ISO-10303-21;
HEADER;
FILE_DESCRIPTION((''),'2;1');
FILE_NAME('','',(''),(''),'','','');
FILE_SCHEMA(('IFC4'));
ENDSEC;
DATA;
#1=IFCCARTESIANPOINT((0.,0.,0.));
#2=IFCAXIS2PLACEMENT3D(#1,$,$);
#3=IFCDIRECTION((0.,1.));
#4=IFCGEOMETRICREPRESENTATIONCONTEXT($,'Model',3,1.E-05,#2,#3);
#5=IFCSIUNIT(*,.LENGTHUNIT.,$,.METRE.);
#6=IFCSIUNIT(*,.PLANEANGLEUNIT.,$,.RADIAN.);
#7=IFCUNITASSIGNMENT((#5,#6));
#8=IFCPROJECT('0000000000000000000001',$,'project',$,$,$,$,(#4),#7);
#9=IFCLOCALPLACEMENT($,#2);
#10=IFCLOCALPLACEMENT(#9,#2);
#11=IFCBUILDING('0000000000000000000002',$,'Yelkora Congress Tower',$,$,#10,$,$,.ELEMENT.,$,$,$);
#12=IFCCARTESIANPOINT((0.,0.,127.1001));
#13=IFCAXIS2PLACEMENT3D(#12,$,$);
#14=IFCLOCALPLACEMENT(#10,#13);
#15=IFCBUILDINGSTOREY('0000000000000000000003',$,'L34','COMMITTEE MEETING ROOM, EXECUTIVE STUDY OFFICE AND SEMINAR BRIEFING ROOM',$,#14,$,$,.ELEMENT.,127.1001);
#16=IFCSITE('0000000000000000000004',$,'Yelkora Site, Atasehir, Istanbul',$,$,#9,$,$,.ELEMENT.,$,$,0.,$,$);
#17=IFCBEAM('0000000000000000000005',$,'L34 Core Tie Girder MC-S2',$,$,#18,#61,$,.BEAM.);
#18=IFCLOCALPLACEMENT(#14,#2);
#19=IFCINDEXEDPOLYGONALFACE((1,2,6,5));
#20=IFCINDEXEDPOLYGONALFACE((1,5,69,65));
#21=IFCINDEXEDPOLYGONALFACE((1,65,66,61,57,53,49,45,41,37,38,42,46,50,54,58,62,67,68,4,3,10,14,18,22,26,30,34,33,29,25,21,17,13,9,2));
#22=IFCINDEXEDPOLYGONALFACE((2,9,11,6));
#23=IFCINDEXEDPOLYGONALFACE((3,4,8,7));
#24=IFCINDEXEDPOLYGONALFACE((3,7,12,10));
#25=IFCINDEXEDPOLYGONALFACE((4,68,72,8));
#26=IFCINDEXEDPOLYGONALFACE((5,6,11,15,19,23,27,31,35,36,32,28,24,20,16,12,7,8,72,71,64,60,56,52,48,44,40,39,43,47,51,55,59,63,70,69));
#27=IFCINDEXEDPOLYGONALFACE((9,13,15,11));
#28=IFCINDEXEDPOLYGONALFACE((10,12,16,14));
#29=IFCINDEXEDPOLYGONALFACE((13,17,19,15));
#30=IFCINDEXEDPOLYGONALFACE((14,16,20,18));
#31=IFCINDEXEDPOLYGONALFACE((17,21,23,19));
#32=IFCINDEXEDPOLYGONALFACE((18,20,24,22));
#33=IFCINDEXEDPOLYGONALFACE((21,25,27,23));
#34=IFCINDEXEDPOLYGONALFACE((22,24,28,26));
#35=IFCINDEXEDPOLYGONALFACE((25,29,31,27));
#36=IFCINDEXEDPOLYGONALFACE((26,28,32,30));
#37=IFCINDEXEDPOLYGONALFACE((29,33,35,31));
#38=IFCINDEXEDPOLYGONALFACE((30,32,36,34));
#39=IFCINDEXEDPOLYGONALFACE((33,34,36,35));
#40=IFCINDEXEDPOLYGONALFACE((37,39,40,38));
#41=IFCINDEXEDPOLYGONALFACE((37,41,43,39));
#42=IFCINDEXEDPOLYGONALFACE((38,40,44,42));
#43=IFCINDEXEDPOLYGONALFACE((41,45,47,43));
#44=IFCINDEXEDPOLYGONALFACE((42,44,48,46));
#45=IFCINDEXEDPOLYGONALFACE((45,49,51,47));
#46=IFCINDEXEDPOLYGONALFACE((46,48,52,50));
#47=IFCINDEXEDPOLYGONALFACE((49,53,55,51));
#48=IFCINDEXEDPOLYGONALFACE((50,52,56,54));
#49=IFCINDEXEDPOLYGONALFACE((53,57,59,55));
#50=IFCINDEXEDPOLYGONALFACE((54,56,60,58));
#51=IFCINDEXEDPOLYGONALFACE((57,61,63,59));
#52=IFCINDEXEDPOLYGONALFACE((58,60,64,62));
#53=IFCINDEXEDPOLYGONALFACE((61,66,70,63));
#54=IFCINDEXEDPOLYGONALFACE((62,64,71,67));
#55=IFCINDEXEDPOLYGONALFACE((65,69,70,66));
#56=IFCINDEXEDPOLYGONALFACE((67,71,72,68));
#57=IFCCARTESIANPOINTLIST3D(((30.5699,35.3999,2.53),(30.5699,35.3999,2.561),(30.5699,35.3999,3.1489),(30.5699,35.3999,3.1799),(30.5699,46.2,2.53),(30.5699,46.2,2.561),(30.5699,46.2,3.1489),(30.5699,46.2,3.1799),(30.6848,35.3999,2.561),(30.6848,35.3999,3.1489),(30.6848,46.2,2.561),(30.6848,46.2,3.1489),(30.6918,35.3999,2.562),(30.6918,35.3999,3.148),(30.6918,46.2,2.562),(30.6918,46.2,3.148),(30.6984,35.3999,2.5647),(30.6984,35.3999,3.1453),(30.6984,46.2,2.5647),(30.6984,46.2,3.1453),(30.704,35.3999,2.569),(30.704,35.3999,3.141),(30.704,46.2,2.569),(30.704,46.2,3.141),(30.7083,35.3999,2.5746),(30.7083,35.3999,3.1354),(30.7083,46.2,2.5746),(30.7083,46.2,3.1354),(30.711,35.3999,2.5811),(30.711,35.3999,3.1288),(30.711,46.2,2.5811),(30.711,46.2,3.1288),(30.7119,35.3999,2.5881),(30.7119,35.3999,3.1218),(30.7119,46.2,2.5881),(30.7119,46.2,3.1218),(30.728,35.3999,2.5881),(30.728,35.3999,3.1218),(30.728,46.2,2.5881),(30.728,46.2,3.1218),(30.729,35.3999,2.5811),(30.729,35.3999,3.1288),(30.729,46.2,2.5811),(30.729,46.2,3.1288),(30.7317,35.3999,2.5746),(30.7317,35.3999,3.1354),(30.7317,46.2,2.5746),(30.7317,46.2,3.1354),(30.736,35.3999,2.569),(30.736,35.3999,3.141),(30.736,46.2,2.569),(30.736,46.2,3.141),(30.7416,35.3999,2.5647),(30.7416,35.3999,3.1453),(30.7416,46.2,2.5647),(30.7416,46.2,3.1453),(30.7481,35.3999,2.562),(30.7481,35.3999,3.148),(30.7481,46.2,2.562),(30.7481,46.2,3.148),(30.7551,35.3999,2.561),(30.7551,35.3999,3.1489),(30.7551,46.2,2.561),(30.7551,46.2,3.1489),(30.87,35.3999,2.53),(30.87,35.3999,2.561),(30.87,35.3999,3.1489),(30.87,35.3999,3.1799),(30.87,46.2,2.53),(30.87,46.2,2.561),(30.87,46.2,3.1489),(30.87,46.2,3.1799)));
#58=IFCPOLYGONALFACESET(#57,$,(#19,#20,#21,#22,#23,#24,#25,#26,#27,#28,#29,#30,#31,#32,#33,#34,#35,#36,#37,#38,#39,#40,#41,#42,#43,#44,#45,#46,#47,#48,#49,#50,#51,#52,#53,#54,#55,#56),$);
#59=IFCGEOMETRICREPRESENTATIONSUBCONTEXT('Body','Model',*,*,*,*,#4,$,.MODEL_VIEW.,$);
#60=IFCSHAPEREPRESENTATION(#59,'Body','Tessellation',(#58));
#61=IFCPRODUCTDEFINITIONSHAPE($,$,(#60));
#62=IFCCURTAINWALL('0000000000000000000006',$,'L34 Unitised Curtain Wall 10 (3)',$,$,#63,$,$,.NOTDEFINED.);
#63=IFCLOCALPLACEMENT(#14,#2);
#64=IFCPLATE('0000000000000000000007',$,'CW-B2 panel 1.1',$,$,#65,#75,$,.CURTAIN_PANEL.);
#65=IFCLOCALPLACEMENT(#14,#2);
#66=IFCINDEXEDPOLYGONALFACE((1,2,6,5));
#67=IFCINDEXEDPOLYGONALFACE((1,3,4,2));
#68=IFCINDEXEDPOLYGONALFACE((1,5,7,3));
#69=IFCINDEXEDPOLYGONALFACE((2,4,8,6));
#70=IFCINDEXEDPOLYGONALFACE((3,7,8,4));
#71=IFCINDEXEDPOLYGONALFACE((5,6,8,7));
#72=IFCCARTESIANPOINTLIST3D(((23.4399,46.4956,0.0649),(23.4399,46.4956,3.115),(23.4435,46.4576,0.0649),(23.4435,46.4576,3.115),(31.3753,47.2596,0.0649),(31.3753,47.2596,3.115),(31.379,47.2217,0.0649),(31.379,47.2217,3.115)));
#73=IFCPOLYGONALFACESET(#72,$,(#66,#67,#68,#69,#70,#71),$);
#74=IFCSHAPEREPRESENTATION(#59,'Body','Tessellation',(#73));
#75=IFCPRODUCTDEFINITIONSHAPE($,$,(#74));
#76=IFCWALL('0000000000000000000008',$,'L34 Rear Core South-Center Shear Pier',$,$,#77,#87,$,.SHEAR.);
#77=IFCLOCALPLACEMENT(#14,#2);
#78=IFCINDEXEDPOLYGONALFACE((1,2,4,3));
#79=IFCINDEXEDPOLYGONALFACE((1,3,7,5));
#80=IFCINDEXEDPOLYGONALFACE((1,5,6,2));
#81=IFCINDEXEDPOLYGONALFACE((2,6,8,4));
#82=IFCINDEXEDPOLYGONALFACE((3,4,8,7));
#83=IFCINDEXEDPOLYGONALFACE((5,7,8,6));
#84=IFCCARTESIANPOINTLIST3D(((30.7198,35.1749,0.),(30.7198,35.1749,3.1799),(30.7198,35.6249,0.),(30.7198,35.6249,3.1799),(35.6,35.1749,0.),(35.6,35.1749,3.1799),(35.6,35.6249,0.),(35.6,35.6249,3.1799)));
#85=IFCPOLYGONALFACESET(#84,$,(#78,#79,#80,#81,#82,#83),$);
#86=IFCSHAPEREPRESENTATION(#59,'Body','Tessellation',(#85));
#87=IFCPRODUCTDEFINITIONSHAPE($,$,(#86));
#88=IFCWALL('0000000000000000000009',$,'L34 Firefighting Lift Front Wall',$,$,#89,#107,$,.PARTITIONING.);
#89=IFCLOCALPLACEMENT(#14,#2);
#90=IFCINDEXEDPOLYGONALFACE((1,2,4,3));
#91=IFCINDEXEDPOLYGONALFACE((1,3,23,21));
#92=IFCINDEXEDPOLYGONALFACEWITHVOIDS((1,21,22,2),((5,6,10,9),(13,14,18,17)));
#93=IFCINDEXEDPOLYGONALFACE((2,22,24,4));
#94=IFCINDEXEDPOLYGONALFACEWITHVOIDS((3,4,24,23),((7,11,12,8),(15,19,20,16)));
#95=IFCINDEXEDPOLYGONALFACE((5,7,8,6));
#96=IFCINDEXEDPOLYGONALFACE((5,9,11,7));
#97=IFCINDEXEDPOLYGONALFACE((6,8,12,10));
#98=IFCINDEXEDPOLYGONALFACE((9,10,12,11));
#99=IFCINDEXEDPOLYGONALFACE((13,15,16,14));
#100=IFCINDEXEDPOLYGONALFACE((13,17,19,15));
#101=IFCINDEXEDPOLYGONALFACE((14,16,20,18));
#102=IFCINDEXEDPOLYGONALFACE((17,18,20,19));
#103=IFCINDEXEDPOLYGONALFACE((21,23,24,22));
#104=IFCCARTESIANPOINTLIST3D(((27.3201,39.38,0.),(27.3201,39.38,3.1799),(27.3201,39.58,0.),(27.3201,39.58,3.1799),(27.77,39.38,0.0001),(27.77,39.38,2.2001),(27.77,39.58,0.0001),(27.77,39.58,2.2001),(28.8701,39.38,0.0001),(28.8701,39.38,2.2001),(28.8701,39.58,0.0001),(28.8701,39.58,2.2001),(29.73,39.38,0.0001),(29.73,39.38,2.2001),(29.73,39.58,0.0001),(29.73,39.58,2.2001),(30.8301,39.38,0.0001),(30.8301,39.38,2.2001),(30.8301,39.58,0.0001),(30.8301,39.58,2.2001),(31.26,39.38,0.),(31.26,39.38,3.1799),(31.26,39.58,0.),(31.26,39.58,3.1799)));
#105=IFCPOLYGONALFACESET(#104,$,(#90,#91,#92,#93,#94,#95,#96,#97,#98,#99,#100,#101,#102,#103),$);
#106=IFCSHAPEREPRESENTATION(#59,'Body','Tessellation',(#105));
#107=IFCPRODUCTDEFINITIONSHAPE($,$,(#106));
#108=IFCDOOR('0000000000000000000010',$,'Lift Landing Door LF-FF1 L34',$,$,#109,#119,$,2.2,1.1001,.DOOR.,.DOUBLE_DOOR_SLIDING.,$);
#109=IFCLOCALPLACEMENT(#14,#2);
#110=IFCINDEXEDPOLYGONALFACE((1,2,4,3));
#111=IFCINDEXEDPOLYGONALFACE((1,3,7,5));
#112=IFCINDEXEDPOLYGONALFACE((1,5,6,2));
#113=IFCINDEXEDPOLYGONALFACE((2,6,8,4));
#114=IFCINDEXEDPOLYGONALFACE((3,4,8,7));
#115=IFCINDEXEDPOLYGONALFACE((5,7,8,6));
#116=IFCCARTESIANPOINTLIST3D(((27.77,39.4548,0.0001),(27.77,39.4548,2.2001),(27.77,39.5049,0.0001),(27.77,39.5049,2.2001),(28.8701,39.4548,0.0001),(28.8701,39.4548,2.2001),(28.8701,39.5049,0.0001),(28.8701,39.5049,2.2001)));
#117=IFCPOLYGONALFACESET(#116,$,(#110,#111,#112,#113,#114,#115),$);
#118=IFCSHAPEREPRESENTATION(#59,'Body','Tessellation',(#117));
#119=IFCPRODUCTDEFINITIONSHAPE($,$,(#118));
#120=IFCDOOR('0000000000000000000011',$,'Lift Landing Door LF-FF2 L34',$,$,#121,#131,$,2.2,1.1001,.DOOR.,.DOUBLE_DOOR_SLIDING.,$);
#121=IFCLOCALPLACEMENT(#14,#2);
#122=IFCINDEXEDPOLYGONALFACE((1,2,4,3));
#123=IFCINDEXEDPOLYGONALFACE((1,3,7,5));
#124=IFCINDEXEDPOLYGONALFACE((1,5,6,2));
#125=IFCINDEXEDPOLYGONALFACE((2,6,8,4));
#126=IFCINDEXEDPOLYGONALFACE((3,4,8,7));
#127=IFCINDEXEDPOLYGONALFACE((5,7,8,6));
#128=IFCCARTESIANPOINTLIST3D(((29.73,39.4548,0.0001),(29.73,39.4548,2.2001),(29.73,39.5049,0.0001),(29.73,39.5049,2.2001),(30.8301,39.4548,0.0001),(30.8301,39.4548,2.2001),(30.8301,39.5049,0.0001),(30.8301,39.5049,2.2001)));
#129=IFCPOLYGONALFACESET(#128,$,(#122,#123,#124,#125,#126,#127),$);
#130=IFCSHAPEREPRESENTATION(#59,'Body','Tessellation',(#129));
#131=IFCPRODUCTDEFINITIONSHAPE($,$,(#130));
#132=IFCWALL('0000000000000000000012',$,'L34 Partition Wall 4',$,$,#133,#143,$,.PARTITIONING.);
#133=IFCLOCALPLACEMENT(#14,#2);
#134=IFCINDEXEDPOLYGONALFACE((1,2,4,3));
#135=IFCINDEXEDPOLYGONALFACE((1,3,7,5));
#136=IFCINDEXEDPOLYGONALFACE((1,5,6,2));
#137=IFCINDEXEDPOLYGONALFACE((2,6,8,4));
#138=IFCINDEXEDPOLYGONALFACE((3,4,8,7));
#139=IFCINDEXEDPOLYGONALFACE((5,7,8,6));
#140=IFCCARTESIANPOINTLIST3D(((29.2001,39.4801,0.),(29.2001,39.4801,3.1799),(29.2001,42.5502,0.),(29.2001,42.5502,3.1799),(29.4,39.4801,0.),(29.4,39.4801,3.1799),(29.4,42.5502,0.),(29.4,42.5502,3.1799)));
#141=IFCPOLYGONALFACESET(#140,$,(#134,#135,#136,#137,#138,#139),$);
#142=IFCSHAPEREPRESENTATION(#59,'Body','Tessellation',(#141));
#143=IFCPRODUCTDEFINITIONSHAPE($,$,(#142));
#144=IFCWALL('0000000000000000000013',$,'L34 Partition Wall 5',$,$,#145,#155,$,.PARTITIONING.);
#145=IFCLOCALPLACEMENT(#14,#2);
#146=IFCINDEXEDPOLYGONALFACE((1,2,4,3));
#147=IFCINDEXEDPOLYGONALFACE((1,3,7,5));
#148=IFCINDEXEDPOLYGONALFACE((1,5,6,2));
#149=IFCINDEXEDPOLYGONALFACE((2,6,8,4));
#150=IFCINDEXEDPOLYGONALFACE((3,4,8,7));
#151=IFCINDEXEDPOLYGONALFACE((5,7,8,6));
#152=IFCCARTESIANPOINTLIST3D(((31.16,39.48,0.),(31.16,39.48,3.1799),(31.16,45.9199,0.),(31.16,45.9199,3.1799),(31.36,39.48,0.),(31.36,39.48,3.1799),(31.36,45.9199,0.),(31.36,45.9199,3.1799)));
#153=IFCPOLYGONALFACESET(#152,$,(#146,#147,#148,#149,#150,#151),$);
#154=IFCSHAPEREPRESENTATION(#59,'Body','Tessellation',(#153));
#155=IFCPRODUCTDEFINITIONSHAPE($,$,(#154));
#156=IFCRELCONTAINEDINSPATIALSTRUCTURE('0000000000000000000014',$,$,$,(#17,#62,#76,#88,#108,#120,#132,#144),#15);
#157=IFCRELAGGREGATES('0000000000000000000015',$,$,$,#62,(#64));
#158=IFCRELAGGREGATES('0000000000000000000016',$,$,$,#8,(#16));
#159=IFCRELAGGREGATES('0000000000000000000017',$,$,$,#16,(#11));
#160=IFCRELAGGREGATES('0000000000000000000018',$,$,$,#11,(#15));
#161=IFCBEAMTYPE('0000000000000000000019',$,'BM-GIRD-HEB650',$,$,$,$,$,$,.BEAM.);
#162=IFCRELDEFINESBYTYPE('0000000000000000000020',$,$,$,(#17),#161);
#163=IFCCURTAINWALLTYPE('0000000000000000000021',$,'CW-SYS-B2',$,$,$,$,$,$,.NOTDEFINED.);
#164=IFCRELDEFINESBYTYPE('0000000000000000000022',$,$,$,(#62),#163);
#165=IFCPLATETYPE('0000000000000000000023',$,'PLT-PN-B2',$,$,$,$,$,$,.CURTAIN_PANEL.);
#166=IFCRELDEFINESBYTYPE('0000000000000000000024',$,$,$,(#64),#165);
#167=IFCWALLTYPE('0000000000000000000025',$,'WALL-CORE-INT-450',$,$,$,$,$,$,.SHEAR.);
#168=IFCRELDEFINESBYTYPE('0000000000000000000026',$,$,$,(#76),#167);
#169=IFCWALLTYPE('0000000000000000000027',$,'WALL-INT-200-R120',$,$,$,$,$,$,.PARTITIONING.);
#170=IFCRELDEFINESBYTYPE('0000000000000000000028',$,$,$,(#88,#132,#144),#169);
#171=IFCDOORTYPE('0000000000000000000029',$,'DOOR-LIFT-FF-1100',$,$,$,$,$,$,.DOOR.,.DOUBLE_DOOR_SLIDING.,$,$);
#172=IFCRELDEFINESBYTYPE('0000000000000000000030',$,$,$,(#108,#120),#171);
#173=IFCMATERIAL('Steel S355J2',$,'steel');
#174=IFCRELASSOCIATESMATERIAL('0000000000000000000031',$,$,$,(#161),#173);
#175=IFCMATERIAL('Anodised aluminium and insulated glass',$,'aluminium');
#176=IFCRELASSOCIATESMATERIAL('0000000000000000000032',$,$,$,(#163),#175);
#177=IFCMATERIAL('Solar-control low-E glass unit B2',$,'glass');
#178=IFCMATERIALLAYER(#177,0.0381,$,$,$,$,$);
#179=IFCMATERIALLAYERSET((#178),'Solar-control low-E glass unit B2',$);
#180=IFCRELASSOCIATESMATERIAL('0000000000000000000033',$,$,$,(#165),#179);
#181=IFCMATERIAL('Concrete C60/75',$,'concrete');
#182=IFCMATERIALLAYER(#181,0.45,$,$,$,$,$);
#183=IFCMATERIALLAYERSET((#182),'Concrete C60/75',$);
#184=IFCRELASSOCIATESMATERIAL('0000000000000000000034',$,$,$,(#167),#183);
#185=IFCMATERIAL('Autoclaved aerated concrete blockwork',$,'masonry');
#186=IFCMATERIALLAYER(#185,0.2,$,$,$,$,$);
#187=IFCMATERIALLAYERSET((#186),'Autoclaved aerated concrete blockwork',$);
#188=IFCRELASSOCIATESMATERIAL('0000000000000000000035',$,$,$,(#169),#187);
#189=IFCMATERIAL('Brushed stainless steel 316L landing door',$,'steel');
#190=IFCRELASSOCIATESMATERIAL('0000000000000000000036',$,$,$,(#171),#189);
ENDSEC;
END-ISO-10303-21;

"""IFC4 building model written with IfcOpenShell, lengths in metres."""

from ifc_helpers import new_model, si_unit, direction, frame, frame_2d, origin, origin_2d, place, context, subcontext, project, spatial, rectangle, i_section, extrude, material, layer, layer_set, material_profile, profile_set, type_object, element, fill, aggregate, save


model = new_model("IFC4")

# Units and contexts
model_context = context("Model", 3, precision=1e-05, world=origin(), true_north=direction((0.0, 1.0)))
body_context = subcontext(model_context, "Body", "Model", "MODEL_VIEW")
ifc_project = project(units=[si_unit("LENGTHUNIT", "METRE"), si_unit("PLANEANGLEUNIT", "RADIAN")], contexts=[model_context])

# Site, building, storey
site_placement = place(None, origin())
site = spatial("IfcSite", under=ifc_project, at=site_placement, Name="Yelkora Site, Atasehir, Istanbul", CompositionType="ELEMENT", RefElevation=0.0)
building_placement = place(site_placement, origin())
building = spatial("IfcBuilding", under=site, at=building_placement, Name="Yelkora Congress Tower", CompositionType="ELEMENT")
storey_placement = place(building_placement, frame((0.0, 0.0, 127.1001)))
storey = spatial("IfcBuildingStorey", under=building, at=storey_placement, Name="L34", Description="COMMITTEE MEETING ROOM, EXECUTIVE STUDY OFFICE AND SEMINAR BRIEFING ROOM", CompositionType="ELEMENT", Elevation=127.1001)

# Beam
ifc_material_1 = material(Name="Steel S355J2", Category="steel")
ifc_material_profile_1 = material_profile(ifc_material_1, i_section(OverallWidth=0.3, OverallDepth=0.6499, WebThickness=0.0161, FlangeThickness=0.031, FilletRadius=0.0271, at=origin_2d()), Name="HEB 650")
ifc_profile_set_1 = profile_set([ifc_material_profile_1], Name="Steel S355J2")
beam_type = type_object("IfcBeamType", Name="BM-GIRD-HEB650", PredefinedType="BEAM", material=ifc_profile_set_1)
beam_placement = place(storey_placement, frame((30.72, 35.3999, 2.855), z_axis=(0.0, 1.0, 0.0), x_axis=(-1.0, 0.0, 0.0)))
element("IfcBeam", 1, at=beam_placement, inside=storey, type_object=beam_type, Name="L34 Core Tie Girder MC-S2", PredefinedType="BEAM", context=body_context, shape_type="SweptSolid", body=[
    extrude(i_section(OverallWidth=0.3, OverallDepth=0.6499, WebThickness=0.0161, FlangeThickness=0.031, FilletRadius=0.0271, at=origin_2d()), origin(), (0.0, 0.0, 1.0), 10.8),
])

# Curtain wall, plate
ifc_material_2 = material(Name="Anodised aluminium and insulated glass", Category="aluminium")
curtain_wall_type = type_object("IfcCurtainWallType", Name="CW-SYS-B2", PredefinedType="NOTDEFINED", material=ifc_material_2)
curtain_wall_placement = place(storey_placement, origin())
curtain_wall = element("IfcCurtainWall", 2, at=curtain_wall_placement, inside=storey, type_object=curtain_wall_type, Name="L34 Unitised Curtain Wall 10 (3)", PredefinedType="NOTDEFINED")
ifc_material_3 = material(Name="Solar-control low-E glass unit B2", Category="glass")
ifc_layer_1 = layer(ifc_material_3, 0.0381)
ifc_layer_set_1 = layer_set([ifc_layer_1], Name="Solar-control low-E glass unit B2")
plate_type = type_object("IfcPlateType", Name="PLT-PN-B2", PredefinedType="CURTAIN_PANEL", material=ifc_layer_set_1)
plate_placement = place(storey_placement, frame((27.4094, 46.8586, 0.0649), z_axis=(0.0, 0.0, 1.0), x_axis=(0.995396, 0.095844, 0.0)))
plate = element("IfcPlate", 3, at=plate_placement, type_object=plate_type, Name="CW-B2 panel 1.1", PredefinedType="CURTAIN_PANEL", context=body_context, shape_type="SweptSolid", body=[
    extrude(rectangle(XDim=7.9722, YDim=0.0381, at=origin_2d()), origin(), (0.0, 0.0, 1.0), 3.05),
])
aggregate(curtain_wall, [plate])

# Wall
ifc_material_4 = material(Name="Concrete C60/75", Category="concrete")
ifc_layer_2 = layer(ifc_material_4, 0.45)
ifc_layer_set_2 = layer_set([ifc_layer_2], Name="Concrete C60/75")
wall_type_1 = type_object("IfcWallType", Name="WALL-CORE-INT-450", PredefinedType="SHEAR", material=ifc_layer_set_2)
wall_1_placement = place(storey_placement, frame((30.72, 35.3999, 0.0), z_axis=(0.0, 0.0, 1.0), x_axis=(1.0, 0.0, 0.0)))
element("IfcWall", 4, at=wall_1_placement, inside=storey, type_object=wall_type_1, Name="L34 Rear Core South-Center Shear Pier", PredefinedType="SHEAR", context=body_context, shape_type="SweptSolid", body=[
    extrude(rectangle(XDim=4.8801, YDim=0.45, at=frame_2d((2.4399, 0.0))), origin(), (0.0, 0.0, 1.0), 3.1799),
])

# Shared definitions
ifc_material_5 = material(Name="Autoclaved aerated concrete blockwork", Category="masonry")
ifc_layer_3 = layer(ifc_material_5, 0.2)
ifc_layer_set_3 = layer_set([ifc_layer_3], Name="Autoclaved aerated concrete blockwork")
wall_type_2 = type_object("IfcWallType", Name="WALL-INT-200-R120", PredefinedType="PARTITIONING", material=ifc_layer_set_3)

# Wall, openings, doors
wall_2_placement = place(storey_placement, frame((27.3201, 39.48, 0.0), z_axis=(0.0, 0.0, 1.0), x_axis=(1.0, 0.0, 0.0)))
wall_2 = element("IfcWall", 5, at=wall_2_placement, inside=storey, type_object=wall_type_2, Name="L34 Firefighting Lift Front Wall", PredefinedType="PARTITIONING", context=body_context, shape_type="SweptSolid", body=[
    extrude(rectangle(XDim=3.9399, YDim=0.2, at=frame_2d((1.97, 0.0))), origin(), (0.0, 0.0, 1.0), 3.1799),
])
opening_1_placement = place(wall_2_placement, frame((0.45, 0.0, 0.0)))
opening_1 = element("IfcOpeningElement", 6, at=opening_1_placement, cuts=wall_2, PredefinedType="OPENING", context=body_context, shape_type="SweptSolid", body=[
    extrude(rectangle(XDim=1.1001, YDim=2.2, at=frame_2d((0.55, 1.1001))), frame((0.0, 0.1099, 0.0), z_axis=(0.0, -1.0, 0.0), x_axis=(1.0, 0.0, 0.0)), (0.0, 0.0, 1.0), 0.22),
])
opening_2_placement = place(wall_2_placement, frame((2.4099, 0.0, 0.0)))
opening_2 = element("IfcOpeningElement", 7, at=opening_2_placement, cuts=wall_2, PredefinedType="OPENING", context=body_context, shape_type="SweptSolid", body=[
    extrude(rectangle(XDim=1.1001, YDim=2.2, at=frame_2d((0.55, 1.1001))), frame((0.0, 0.1099, 0.0), z_axis=(0.0, -1.0, 0.0), x_axis=(1.0, 0.0, 0.0)), (0.0, 0.0, 1.0), 0.22),
])
ifc_material_6 = material(Name="Brushed stainless steel 316L landing door", Category="steel")
door_type_1 = type_object("IfcDoorType", Name="DOOR-LIFT-FF-1100", OperationType="DOUBLE_DOOR_SLIDING", PredefinedType="DOOR", material=ifc_material_6)
door_1_placement = place(opening_1_placement, origin())
door_1 = element("IfcDoor", 8, at=door_1_placement, inside=storey, type_object=door_type_1, Name="Lift Landing Door LF-FF1 L34", OperationType="DOUBLE_DOOR_SLIDING", OverallHeight=2.2, OverallWidth=1.1001, PredefinedType="DOOR", context=body_context, shape_type="SweptSolid", body=[
    extrude(rectangle(XDim=1.1001, YDim=2.2, at=frame_2d((0.55, 1.1001))), frame((0.0, 0.0249, 0.0), z_axis=(0.0, -1.0, 0.0), x_axis=(1.0, 0.0, 0.0)), (0.0, 0.0, 1.0), 0.05),
])
fill(opening_1, door_1)
door_2_placement = place(opening_2_placement, origin())
door_2 = element("IfcDoor", 9, at=door_2_placement, inside=storey, type_object=door_type_1, Name="Lift Landing Door LF-FF2 L34", OperationType="DOUBLE_DOOR_SLIDING", OverallHeight=2.2, OverallWidth=1.1001, PredefinedType="DOOR", context=body_context, shape_type="SweptSolid", body=[
    extrude(rectangle(XDim=1.1001, YDim=2.2, at=frame_2d((0.55, 1.1001))), frame((0.0, 0.0249, 0.0), z_axis=(0.0, -1.0, 0.0), x_axis=(1.0, 0.0, 0.0)), (0.0, 0.0, 1.0), 0.05),
])
fill(opening_2, door_2)

# Walls
wall_3_placement = place(storey_placement, frame((29.3, 39.48, 0.0), z_axis=(0.0, 0.0, 1.0), x_axis=(0.0, 1.0, 0.0)))
element("IfcWall", 10, at=wall_3_placement, inside=storey, type_object=wall_type_2, Name="L34 Partition Wall 4", PredefinedType="PARTITIONING", context=body_context, shape_type="SweptSolid", body=[
    extrude(rectangle(XDim=3.0701, YDim=0.2, at=frame_2d((1.5352, 0.0))), origin(), (0.0, 0.0, 1.0), 3.1799),
])
wall_4_placement = place(storey_placement, frame((31.26, 39.48, 0.0), z_axis=(0.0, 0.0, 1.0), x_axis=(0.0, 1.0, 0.0)))
element("IfcWall", 11, at=wall_4_placement, inside=storey, type_object=wall_type_2, Name="L34 Partition Wall 5", PredefinedType="PARTITIONING", context=body_context, shape_type="SweptSolid", body=[
    extrude(rectangle(XDim=6.4399, YDim=0.2, at=frame_2d((3.22, 0.0))), origin(), (0.0, 0.0, 1.0), 3.1799),
])

save(model, "model.ifc")
